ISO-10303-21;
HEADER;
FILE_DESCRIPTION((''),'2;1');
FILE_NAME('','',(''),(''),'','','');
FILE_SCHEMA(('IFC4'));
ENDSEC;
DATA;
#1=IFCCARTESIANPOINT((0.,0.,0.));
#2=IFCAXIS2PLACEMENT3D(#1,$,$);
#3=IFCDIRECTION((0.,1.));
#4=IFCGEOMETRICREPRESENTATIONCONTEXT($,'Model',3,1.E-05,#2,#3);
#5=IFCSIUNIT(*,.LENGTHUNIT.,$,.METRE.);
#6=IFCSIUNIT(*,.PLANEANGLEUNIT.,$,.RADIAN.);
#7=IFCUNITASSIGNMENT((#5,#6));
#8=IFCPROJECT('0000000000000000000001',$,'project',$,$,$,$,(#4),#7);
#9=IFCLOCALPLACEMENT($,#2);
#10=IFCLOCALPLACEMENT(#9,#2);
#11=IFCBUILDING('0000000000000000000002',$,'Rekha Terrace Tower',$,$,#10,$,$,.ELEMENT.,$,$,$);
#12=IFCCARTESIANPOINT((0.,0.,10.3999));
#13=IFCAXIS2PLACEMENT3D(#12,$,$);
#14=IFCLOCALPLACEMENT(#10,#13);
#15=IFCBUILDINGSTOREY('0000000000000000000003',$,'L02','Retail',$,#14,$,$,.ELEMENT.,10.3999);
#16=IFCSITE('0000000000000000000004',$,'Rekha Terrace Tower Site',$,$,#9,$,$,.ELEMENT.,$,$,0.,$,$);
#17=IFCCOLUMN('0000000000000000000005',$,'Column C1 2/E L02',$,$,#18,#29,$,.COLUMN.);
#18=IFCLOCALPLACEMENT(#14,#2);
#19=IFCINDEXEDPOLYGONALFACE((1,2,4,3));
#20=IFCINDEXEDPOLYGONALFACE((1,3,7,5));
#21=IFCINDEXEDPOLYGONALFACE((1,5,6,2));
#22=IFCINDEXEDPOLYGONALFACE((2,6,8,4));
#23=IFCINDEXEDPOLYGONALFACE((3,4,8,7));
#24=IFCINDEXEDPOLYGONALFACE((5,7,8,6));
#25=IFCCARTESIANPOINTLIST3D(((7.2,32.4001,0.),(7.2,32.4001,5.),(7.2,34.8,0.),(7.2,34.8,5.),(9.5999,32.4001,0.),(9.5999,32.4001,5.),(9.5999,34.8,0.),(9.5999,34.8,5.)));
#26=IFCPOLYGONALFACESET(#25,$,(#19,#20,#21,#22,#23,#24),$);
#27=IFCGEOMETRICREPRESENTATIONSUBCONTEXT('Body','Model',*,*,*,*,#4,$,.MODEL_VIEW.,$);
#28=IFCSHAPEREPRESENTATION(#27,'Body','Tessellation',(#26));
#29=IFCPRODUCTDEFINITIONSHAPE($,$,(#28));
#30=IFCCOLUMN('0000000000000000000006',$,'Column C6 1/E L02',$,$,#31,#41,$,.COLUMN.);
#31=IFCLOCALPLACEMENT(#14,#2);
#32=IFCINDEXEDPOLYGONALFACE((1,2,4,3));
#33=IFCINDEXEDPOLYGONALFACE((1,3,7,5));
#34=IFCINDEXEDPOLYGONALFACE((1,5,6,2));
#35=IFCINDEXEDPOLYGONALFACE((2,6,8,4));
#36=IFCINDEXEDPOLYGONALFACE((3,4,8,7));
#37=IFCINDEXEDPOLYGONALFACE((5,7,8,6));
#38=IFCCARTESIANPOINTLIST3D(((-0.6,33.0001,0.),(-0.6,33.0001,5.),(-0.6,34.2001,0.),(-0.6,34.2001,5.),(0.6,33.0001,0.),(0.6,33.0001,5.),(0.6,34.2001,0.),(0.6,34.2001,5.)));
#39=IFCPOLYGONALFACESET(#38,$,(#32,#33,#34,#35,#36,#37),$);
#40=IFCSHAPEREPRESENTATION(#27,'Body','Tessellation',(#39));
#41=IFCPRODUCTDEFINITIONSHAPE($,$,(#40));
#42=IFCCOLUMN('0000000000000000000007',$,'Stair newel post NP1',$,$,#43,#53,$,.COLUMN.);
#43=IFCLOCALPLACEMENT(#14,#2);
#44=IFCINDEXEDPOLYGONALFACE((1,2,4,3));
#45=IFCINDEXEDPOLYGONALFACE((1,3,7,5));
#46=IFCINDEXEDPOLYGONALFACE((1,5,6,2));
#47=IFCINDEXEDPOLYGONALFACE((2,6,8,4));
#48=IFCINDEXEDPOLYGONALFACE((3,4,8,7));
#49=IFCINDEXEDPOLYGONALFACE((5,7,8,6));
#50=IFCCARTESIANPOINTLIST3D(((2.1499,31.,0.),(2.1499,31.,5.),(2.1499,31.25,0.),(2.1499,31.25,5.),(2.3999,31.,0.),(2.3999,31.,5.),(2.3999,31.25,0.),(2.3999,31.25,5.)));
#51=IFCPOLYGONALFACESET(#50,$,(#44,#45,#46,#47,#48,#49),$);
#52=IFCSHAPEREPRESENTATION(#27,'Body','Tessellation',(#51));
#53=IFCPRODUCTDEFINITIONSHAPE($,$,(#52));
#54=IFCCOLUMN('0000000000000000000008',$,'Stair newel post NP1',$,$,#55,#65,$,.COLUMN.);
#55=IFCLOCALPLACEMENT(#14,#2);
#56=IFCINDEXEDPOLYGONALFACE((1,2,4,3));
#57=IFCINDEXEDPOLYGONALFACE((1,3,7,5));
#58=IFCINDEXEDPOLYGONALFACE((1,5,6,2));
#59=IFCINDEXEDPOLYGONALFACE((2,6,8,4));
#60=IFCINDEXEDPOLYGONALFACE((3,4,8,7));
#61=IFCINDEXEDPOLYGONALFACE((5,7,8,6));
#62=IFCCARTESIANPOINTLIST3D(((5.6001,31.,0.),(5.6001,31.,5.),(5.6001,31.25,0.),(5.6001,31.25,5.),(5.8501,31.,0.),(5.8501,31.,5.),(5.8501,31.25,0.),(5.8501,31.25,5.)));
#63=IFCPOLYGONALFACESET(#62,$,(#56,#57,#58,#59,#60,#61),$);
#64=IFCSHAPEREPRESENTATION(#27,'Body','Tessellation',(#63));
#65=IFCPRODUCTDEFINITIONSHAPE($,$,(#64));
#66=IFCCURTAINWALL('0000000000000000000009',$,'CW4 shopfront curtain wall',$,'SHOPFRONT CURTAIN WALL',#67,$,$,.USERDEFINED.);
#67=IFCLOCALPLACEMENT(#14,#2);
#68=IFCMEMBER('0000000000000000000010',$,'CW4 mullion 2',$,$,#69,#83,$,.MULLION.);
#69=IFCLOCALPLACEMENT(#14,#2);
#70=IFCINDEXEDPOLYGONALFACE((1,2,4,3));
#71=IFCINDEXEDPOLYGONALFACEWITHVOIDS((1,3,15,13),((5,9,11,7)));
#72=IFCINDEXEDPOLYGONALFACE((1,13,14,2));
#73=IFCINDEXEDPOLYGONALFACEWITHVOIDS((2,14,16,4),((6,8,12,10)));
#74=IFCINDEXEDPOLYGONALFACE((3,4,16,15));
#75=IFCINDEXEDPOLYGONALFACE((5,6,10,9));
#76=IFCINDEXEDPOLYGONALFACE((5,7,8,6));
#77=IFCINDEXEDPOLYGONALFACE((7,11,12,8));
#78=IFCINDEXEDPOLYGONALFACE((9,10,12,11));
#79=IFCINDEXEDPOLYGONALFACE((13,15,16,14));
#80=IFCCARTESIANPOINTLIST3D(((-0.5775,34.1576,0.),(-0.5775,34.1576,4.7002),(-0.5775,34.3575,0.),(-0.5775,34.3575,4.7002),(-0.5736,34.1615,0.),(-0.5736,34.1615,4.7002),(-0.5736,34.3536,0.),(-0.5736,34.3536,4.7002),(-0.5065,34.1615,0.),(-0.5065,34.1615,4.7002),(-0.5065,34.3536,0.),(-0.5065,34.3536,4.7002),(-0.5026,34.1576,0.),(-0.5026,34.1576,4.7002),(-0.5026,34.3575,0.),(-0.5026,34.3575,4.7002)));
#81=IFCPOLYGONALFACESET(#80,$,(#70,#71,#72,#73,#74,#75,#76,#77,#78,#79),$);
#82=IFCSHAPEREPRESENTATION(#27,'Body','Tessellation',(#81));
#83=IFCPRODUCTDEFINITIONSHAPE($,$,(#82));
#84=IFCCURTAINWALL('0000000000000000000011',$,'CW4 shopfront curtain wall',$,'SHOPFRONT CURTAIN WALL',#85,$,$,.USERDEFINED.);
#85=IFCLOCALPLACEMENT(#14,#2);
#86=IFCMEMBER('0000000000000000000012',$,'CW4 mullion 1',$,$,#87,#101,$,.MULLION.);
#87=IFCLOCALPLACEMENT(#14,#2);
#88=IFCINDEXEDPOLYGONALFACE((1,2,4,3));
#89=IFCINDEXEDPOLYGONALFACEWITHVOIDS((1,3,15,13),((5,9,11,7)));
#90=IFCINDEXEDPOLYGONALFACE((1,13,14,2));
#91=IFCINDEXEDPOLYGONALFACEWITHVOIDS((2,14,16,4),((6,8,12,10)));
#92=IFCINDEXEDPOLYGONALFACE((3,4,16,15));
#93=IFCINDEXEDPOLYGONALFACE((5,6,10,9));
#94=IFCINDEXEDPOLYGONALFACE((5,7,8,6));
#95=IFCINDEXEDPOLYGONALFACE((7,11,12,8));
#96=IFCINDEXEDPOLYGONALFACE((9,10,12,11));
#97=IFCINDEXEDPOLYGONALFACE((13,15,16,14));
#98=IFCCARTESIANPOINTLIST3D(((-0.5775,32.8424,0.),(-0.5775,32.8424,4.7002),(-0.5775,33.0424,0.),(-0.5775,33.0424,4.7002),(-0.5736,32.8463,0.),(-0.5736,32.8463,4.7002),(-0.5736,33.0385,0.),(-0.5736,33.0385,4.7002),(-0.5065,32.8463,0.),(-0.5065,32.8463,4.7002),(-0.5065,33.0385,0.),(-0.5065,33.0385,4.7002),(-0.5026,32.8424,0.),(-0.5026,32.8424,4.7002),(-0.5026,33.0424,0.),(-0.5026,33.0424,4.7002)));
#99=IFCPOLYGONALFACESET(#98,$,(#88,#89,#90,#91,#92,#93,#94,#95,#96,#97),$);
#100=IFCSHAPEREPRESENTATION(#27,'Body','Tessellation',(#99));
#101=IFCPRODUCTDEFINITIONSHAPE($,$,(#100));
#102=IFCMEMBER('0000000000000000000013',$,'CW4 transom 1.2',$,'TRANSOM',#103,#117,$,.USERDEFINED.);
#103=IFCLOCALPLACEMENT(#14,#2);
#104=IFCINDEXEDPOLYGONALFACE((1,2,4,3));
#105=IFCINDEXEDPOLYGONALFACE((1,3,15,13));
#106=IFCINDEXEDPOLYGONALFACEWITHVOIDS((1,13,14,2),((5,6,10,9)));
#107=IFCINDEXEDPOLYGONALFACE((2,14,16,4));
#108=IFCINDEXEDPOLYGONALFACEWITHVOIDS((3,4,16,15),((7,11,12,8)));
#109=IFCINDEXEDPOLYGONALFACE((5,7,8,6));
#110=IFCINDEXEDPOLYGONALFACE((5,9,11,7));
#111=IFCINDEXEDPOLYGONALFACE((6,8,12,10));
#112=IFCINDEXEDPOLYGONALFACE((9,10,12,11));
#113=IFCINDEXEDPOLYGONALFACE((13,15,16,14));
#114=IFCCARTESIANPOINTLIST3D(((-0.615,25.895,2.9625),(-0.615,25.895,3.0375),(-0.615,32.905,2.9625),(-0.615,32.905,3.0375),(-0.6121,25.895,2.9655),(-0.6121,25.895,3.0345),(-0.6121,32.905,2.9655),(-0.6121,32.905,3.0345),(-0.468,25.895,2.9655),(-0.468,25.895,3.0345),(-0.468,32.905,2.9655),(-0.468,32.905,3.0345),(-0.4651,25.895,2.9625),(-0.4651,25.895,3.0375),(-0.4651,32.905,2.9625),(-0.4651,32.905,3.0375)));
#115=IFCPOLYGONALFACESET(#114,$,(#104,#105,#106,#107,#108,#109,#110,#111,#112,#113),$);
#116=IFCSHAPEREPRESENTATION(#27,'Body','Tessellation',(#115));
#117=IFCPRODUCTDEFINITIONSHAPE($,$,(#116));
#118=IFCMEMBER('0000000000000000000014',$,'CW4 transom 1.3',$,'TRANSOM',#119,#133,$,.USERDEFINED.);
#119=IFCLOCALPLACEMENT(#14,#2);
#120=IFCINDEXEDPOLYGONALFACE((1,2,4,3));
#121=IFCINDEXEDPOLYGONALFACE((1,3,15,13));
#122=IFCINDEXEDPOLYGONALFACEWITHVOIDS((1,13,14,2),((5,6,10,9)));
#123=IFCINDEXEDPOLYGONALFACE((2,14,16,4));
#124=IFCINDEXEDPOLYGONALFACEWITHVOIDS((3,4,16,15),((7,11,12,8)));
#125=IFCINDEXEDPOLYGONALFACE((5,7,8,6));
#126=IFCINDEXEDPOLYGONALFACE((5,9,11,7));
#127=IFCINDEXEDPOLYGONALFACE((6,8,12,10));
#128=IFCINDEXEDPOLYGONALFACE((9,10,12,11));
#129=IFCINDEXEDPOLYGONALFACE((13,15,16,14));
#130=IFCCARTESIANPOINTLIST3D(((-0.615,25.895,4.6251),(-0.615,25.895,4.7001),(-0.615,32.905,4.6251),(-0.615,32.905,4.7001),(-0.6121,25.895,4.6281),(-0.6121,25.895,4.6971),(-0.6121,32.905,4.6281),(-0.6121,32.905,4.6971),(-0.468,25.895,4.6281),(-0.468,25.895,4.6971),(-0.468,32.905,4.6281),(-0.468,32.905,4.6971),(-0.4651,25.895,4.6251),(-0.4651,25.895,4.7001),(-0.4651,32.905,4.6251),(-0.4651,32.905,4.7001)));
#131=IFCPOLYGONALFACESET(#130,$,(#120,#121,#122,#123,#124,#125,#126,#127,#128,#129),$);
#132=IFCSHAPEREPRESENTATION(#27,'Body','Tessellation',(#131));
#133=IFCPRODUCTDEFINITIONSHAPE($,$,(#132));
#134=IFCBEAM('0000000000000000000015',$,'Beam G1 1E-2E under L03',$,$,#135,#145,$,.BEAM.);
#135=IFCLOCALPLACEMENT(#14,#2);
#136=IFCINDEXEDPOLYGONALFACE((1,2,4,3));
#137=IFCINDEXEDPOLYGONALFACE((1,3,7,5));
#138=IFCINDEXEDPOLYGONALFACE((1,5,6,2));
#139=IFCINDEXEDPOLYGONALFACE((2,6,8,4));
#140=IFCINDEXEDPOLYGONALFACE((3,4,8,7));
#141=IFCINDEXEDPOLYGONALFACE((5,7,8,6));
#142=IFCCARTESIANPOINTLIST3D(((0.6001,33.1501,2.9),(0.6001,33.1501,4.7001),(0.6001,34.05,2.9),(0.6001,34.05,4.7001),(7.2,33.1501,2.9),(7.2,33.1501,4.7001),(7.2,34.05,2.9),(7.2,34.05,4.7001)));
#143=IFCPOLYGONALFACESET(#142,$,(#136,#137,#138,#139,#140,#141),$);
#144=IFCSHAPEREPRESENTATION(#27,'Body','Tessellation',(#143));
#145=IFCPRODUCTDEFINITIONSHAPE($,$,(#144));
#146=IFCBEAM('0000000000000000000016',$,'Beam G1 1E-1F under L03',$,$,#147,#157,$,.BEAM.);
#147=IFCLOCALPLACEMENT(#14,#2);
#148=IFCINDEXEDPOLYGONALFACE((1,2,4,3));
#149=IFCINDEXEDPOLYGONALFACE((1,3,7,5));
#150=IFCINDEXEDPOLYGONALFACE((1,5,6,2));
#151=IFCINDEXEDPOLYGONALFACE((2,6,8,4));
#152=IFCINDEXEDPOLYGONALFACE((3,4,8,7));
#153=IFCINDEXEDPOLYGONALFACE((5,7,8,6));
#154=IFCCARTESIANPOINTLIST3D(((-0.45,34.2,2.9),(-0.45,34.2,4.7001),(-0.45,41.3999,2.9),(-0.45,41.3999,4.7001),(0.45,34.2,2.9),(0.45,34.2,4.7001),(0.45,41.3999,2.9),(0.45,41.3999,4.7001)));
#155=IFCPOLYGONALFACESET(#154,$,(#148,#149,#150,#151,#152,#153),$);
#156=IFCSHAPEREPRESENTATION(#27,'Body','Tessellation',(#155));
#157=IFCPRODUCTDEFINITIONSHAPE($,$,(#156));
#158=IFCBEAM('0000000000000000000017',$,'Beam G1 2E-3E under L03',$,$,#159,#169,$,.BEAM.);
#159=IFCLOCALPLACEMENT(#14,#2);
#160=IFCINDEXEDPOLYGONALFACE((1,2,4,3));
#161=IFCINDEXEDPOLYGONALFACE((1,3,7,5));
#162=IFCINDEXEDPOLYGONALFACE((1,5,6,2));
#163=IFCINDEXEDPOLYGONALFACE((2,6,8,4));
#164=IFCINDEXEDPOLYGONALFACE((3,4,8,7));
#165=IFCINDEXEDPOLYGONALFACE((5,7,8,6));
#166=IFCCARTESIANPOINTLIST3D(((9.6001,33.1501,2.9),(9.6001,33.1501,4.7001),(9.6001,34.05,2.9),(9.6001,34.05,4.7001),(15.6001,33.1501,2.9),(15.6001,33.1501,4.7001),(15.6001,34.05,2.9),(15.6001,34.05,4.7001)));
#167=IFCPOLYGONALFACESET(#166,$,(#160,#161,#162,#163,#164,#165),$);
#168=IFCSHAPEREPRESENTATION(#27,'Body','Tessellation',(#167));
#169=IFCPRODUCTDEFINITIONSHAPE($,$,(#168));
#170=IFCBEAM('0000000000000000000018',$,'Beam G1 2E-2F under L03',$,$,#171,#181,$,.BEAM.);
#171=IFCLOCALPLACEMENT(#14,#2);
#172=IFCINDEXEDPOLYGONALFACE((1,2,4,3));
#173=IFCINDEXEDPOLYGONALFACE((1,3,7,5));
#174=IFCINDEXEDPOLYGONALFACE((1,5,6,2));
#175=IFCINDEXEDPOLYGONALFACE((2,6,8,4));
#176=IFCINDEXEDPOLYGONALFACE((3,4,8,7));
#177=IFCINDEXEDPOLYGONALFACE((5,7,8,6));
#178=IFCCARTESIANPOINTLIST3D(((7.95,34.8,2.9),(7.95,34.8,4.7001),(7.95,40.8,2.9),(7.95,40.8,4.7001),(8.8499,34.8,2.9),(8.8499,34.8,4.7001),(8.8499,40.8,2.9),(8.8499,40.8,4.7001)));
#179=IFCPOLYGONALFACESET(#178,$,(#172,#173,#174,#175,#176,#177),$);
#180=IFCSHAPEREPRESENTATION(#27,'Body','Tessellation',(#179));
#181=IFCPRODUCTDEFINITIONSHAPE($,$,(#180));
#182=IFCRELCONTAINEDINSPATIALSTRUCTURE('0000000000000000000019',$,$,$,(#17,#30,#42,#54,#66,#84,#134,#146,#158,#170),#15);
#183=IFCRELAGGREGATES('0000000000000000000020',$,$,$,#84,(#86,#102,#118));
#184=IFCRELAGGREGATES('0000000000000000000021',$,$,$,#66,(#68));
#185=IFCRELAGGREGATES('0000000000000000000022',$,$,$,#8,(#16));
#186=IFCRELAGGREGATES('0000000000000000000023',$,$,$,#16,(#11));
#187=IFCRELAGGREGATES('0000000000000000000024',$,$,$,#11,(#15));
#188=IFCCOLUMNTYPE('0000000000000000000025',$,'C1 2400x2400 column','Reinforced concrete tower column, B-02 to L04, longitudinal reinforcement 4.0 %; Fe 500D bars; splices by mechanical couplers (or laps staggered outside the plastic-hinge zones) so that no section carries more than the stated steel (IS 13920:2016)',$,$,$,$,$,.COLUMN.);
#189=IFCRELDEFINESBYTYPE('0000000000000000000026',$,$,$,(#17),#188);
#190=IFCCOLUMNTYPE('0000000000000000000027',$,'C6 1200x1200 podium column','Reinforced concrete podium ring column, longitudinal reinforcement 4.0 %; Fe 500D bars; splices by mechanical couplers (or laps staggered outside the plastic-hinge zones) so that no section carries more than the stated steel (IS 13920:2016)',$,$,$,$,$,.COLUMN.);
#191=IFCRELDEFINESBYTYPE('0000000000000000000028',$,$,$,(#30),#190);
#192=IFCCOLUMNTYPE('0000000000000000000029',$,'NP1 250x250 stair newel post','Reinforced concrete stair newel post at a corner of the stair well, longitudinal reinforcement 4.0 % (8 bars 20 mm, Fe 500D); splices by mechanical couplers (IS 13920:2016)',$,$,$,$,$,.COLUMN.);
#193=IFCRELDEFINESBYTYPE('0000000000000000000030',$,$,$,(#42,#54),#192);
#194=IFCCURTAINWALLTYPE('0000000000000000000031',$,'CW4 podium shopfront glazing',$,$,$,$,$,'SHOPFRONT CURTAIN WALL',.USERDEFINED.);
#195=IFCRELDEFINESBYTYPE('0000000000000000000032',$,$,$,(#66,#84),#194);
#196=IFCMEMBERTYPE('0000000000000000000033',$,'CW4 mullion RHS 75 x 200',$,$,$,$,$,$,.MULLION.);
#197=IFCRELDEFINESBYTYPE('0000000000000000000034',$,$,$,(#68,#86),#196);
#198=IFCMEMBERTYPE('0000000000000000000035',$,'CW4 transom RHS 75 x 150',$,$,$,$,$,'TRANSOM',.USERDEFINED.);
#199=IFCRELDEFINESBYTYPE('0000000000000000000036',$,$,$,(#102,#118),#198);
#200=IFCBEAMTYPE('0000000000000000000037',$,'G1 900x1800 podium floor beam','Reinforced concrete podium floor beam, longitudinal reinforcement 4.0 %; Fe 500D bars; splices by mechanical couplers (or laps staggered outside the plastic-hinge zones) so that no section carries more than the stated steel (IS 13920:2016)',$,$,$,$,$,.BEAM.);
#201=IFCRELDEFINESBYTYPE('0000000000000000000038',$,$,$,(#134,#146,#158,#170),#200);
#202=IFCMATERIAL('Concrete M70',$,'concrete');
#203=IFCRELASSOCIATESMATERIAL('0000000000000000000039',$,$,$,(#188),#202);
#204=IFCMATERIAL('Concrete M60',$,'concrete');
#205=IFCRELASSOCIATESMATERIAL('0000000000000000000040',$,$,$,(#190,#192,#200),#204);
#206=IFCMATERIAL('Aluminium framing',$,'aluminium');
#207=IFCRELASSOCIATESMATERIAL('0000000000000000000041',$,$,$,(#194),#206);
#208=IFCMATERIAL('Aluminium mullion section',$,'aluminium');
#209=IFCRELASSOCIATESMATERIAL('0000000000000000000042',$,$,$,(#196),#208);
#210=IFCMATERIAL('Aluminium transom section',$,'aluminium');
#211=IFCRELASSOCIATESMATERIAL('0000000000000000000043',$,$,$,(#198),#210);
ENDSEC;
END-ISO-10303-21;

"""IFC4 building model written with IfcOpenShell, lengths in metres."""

from ifc_helpers import new_model, si_unit, direction, frame, origin, origin_2d, place, context, subcontext, project, spatial, rectangle, hollow_rectangle, extrude, material, material_profile, profile_set, type_object, element, aggregate, save


model = new_model("IFC4")

# Units and contexts
model_context = context("Model", 3, precision=1e-05, world=origin(), true_north=direction((0.0, 1.0)))
body_context = subcontext(model_context, "Body", "Model", "MODEL_VIEW")
ifc_project = project(units=[si_unit("LENGTHUNIT", "METRE"), si_unit("PLANEANGLEUNIT", "RADIAN")], contexts=[model_context])

# Site, building, storey
site_placement = place(None, origin())
site = spatial("IfcSite", under=ifc_project, at=site_placement, Name="Rekha Terrace Tower Site", CompositionType="ELEMENT", RefElevation=0.0)
building_placement = place(site_placement, origin())
building = spatial("IfcBuilding", under=site, at=building_placement, Name="Rekha Terrace Tower", CompositionType="ELEMENT")
storey_placement = place(building_placement, frame((0.0, 0.0, 10.3999)))
storey = spatial("IfcBuildingStorey", under=building, at=storey_placement, Name="L02", Description="Retail", CompositionType="ELEMENT", Elevation=10.3999)

# Columns
ifc_material_1 = material(Name="Concrete M70", Category="concrete")
ifc_material_profile_1 = material_profile(ifc_material_1, rectangle(XDim=2.3999, YDim=2.3999, at=origin_2d()), Name="RC 2400x2400")
ifc_profile_set_1 = profile_set([ifc_material_profile_1], Name="Concrete M70")
column_type_1 = type_object("IfcColumnType", Name="C1 2400x2400 column", Description="Reinforced concrete tower column, B-02 to L04, longitudinal reinforcement 4.0 %; Fe 500D bars; splices by mechanical couplers (or laps staggered outside the plastic-hinge zones) so that no section carries more than the stated steel (IS 13920:2016)", PredefinedType="COLUMN", material=ifc_profile_set_1)
column_1_placement = place(storey_placement, frame((8.3999, 33.6001, 0.0), z_axis=(0.0, 0.0, 1.0), x_axis=(1.0, 0.0, 0.0)))
element("IfcColumn", 1, at=column_1_placement, inside=storey, type_object=column_type_1, Name="Column C1 2/E L02", PredefinedType="COLUMN", context=body_context, shape_type="SweptSolid", body=[
    extrude(rectangle(XDim=2.3999, YDim=2.3999, at=origin_2d()), origin(), (0.0, 0.0, 1.0), 5.0),
])
ifc_material_2 = material(Name="Concrete M60", Category="concrete")
ifc_material_profile_2 = material_profile(ifc_material_2, rectangle(XDim=1.2, YDim=1.2, at=origin_2d()), Name="RC 1200x1200")
ifc_profile_set_2 = profile_set([ifc_material_profile_2], Name="Concrete M60")
column_type_2 = type_object("IfcColumnType", Name="C6 1200x1200 podium column", Description="Reinforced concrete podium ring column, longitudinal reinforcement 4.0 %; Fe 500D bars; splices by mechanical couplers (or laps staggered outside the plastic-hinge zones) so that no section carries more than the stated steel (IS 13920:2016)", PredefinedType="COLUMN", material=ifc_profile_set_2)
column_2_placement = place(storey_placement, frame((0.0, 33.6001, 0.0), z_axis=(0.0, 0.0, 1.0), x_axis=(1.0, 0.0, 0.0)))
element("IfcColumn", 2, at=column_2_placement, inside=storey, type_object=column_type_2, Name="Column C6 1/E L02", PredefinedType="COLUMN", context=body_context, shape_type="SweptSolid", body=[
    extrude(rectangle(XDim=1.2, YDim=1.2, at=origin_2d()), origin(), (0.0, 0.0, 1.0), 5.0),
])
ifc_material_profile_3 = material_profile(ifc_material_2, rectangle(XDim=0.25, YDim=0.25, at=origin_2d()), Name="RC 250x250")
ifc_profile_set_3 = profile_set([ifc_material_profile_3], Name="Concrete M60")
column_type_3 = type_object("IfcColumnType", Name="NP1 250x250 stair newel post", Description="Reinforced concrete stair newel post at a corner of the stair well, longitudinal reinforcement 4.0 % (8 bars 20 mm, Fe 500D); splices by mechanical couplers (IS 13920:2016)", PredefinedType="COLUMN", material=ifc_profile_set_3)
for number, where, z_axis, x_axis, name in (
    (3, (2.2749, 31.125, 0.0), (0.0, 0.0, 1.0), (1.0, 0.0, 0.0), "Stair newel post NP1"),
    (4, (5.7251, 31.125, 0.0), (0.0, 0.0, 1.0), (1.0, 0.0, 0.0), "Stair newel post NP1"),
):
    element("IfcColumn", number, at=place(storey_placement, frame(where, z_axis=z_axis, x_axis=x_axis)), inside=storey, type_object=column_type_3, Name=name, PredefinedType="COLUMN", context=body_context, shape_type="SweptSolid", body=[
        extrude(rectangle(XDim=0.25, YDim=0.25, at=origin_2d()), origin(), (0.0, 0.0, 1.0), 5.0),
    ])

# Curtain wall, member
ifc_material_3 = material(Name="Aluminium framing", Category="aluminium")
curtain_wall_type = type_object("IfcCurtainWallType", Name="CW4 podium shopfront glazing", ElementType="SHOPFRONT CURTAIN WALL", PredefinedType="USERDEFINED", material=ifc_material_3)
curtain_wall_1_placement = place(storey_placement, origin())
curtain_wall_1 = element("IfcCurtainWall", 5, at=curtain_wall_1_placement, inside=storey, type_object=curtain_wall_type, Name="CW4 shopfront curtain wall", ObjectType="SHOPFRONT CURTAIN WALL", PredefinedType="USERDEFINED")
ifc_material_4 = material(Name="Aluminium mullion section", Category="aluminium")
ifc_material_profile_4 = material_profile(ifc_material_4, hollow_rectangle(XDim=0.075, YDim=0.2, WallThickness=0.0039, at=origin_2d()), Name="AL RHS 75x200")
ifc_profile_set_4 = profile_set([ifc_material_profile_4], Name="Aluminium mullion section")
member_type_1 = type_object("IfcMemberType", Name="CW4 mullion RHS 75 x 200", PredefinedType="MULLION", material=ifc_profile_set_4)
member_1_placement = place(storey_placement, frame((-0.54, 34.2576, 0.0), z_axis=(0.0, 0.0, 1.0), x_axis=(1.0, 0.0, 0.0)))
member_1 = element("IfcMember", 6, at=member_1_placement, type_object=member_type_1, Name="CW4 mullion 2", PredefinedType="MULLION", context=body_context, shape_type="SweptSolid", body=[
    extrude(hollow_rectangle(XDim=0.075, YDim=0.2, WallThickness=0.0039, at=origin_2d()), origin(), (0.0, 0.0, 1.0), 4.7002),
])

# Curtain wall, members
curtain_wall_2_placement = place(storey_placement, origin())
curtain_wall_2 = element("IfcCurtainWall", 7, at=curtain_wall_2_placement, inside=storey, type_object=curtain_wall_type, Name="CW4 shopfront curtain wall", ObjectType="SHOPFRONT CURTAIN WALL", PredefinedType="USERDEFINED")
member_2_placement = place(storey_placement, frame((-0.54, 32.9424, 0.0), z_axis=(0.0, 0.0, 1.0), x_axis=(1.0, 0.0, 0.0)))
member_2 = element("IfcMember", 8, at=member_2_placement, type_object=member_type_1, Name="CW4 mullion 1", PredefinedType="MULLION", context=body_context, shape_type="SweptSolid", body=[
    extrude(hollow_rectangle(XDim=0.075, YDim=0.2, WallThickness=0.0039, at=origin_2d()), origin(), (0.0, 0.0, 1.0), 4.7002),
])
ifc_material_5 = material(Name="Aluminium transom section", Category="aluminium")
ifc_material_profile_5 = material_profile(ifc_material_5, hollow_rectangle(XDim=0.1499, YDim=0.075, WallThickness=0.0029, at=origin_2d()), Name="AL RHS 150x75")
ifc_profile_set_5 = profile_set([ifc_material_profile_5], Name="Aluminium transom section")
member_type_2 = type_object("IfcMemberType", Name="CW4 transom RHS 75 x 150", ElementType="TRANSOM", PredefinedType="USERDEFINED", material=ifc_profile_set_5)
member_3_placement = place(storey_placement, frame((-0.54, 32.905, 3.0), z_axis=(0.0, -1.0, 0.0), x_axis=(1.0, 0.0, 0.0)))
member_3 = element("IfcMember", 9, at=member_3_placement, type_object=member_type_2, Name="CW4 transom 1.2", ObjectType="TRANSOM", PredefinedType="USERDEFINED", context=body_context, shape_type="SweptSolid", body=[
    extrude(hollow_rectangle(XDim=0.1499, YDim=0.075, WallThickness=0.0029, at=origin_2d()), origin(), (0.0, 0.0, 1.0), 7.01),
])
member_4_placement = place(storey_placement, frame((-0.54, 32.905, 4.6626), z_axis=(0.0, -1.0, 0.0), x_axis=(1.0, 0.0, 0.0)))
member_4 = element("IfcMember", 10, at=member_4_placement, type_object=member_type_2, Name="CW4 transom 1.3", ObjectType="TRANSOM", PredefinedType="USERDEFINED", context=body_context, shape_type="SweptSolid", body=[
    extrude(hollow_rectangle(XDim=0.1499, YDim=0.075, WallThickness=0.0029, at=origin_2d()), origin(), (0.0, 0.0, 1.0), 7.01),
])
aggregate(curtain_wall_2, [member_2, member_3, member_4])

# Beams
ifc_material_profile_6 = material_profile(ifc_material_2, rectangle(XDim=0.8999, YDim=1.8, at=origin_2d()), Name="RC 900x1800")
ifc_profile_set_6 = profile_set([ifc_material_profile_6], Name="Concrete M60")
beam_type = type_object("IfcBeamType", Name="G1 900x1800 podium floor beam", Description="Reinforced concrete podium floor beam, longitudinal reinforcement 4.0 %; Fe 500D bars; splices by mechanical couplers (or laps staggered outside the plastic-hinge zones) so that no section carries more than the stated steel (IS 13920:2016)", PredefinedType="BEAM", material=ifc_profile_set_6)
beam_1_placement = place(storey_placement, frame((0.6001, 33.6001, 3.8), z_axis=(1.0, 0.0, 0.0), x_axis=(0.0, 1.0, 0.0)))
element("IfcBeam", 11, at=beam_1_placement, inside=storey, type_object=beam_type, Name="Beam G1 1E-2E under L03", PredefinedType="BEAM", context=body_context, shape_type="SweptSolid", body=[
    extrude(rectangle(XDim=0.8999, YDim=1.8, at=origin_2d()), origin(), (0.0, 0.0, 1.0), 6.5999),
])
beam_2_placement = place(storey_placement, frame((0.0, 34.2, 3.8), z_axis=(0.0, 1.0, 0.0), x_axis=(-1.0, 0.0, 0.0)))
element("IfcBeam", 12, at=beam_2_placement, inside=storey, type_object=beam_type, Name="Beam G1 1E-1F under L03", PredefinedType="BEAM", context=body_context, shape_type="SweptSolid", body=[
    extrude(rectangle(XDim=0.8999, YDim=1.8, at=origin_2d()), origin(), (0.0, 0.0, 1.0), 7.2),
])
for number, where, z_axis, x_axis, name in (
    (13, (9.6001, 33.6001, 3.8), (1.0, 0.0, 0.0), (0.0, 1.0, 0.0), "Beam G1 2E-3E under L03"),
    (14, (8.3999, 34.8, 3.8), (0.0, 1.0, 0.0), (-1.0, 0.0, 0.0), "Beam G1 2E-2F under L03"),
):
    element("IfcBeam", number, at=place(storey_placement, frame(where, z_axis=z_axis, x_axis=x_axis)), inside=storey, type_object=beam_type, Name=name, PredefinedType="BEAM", context=body_context, shape_type="SweptSolid", body=[
        extrude(rectangle(XDim=0.8999, YDim=1.8, at=origin_2d()), origin(), (0.0, 0.0, 1.0), 6.0),
    ])

aggregate(curtain_wall_1, [member_1])

save(model, "model.ifc")
